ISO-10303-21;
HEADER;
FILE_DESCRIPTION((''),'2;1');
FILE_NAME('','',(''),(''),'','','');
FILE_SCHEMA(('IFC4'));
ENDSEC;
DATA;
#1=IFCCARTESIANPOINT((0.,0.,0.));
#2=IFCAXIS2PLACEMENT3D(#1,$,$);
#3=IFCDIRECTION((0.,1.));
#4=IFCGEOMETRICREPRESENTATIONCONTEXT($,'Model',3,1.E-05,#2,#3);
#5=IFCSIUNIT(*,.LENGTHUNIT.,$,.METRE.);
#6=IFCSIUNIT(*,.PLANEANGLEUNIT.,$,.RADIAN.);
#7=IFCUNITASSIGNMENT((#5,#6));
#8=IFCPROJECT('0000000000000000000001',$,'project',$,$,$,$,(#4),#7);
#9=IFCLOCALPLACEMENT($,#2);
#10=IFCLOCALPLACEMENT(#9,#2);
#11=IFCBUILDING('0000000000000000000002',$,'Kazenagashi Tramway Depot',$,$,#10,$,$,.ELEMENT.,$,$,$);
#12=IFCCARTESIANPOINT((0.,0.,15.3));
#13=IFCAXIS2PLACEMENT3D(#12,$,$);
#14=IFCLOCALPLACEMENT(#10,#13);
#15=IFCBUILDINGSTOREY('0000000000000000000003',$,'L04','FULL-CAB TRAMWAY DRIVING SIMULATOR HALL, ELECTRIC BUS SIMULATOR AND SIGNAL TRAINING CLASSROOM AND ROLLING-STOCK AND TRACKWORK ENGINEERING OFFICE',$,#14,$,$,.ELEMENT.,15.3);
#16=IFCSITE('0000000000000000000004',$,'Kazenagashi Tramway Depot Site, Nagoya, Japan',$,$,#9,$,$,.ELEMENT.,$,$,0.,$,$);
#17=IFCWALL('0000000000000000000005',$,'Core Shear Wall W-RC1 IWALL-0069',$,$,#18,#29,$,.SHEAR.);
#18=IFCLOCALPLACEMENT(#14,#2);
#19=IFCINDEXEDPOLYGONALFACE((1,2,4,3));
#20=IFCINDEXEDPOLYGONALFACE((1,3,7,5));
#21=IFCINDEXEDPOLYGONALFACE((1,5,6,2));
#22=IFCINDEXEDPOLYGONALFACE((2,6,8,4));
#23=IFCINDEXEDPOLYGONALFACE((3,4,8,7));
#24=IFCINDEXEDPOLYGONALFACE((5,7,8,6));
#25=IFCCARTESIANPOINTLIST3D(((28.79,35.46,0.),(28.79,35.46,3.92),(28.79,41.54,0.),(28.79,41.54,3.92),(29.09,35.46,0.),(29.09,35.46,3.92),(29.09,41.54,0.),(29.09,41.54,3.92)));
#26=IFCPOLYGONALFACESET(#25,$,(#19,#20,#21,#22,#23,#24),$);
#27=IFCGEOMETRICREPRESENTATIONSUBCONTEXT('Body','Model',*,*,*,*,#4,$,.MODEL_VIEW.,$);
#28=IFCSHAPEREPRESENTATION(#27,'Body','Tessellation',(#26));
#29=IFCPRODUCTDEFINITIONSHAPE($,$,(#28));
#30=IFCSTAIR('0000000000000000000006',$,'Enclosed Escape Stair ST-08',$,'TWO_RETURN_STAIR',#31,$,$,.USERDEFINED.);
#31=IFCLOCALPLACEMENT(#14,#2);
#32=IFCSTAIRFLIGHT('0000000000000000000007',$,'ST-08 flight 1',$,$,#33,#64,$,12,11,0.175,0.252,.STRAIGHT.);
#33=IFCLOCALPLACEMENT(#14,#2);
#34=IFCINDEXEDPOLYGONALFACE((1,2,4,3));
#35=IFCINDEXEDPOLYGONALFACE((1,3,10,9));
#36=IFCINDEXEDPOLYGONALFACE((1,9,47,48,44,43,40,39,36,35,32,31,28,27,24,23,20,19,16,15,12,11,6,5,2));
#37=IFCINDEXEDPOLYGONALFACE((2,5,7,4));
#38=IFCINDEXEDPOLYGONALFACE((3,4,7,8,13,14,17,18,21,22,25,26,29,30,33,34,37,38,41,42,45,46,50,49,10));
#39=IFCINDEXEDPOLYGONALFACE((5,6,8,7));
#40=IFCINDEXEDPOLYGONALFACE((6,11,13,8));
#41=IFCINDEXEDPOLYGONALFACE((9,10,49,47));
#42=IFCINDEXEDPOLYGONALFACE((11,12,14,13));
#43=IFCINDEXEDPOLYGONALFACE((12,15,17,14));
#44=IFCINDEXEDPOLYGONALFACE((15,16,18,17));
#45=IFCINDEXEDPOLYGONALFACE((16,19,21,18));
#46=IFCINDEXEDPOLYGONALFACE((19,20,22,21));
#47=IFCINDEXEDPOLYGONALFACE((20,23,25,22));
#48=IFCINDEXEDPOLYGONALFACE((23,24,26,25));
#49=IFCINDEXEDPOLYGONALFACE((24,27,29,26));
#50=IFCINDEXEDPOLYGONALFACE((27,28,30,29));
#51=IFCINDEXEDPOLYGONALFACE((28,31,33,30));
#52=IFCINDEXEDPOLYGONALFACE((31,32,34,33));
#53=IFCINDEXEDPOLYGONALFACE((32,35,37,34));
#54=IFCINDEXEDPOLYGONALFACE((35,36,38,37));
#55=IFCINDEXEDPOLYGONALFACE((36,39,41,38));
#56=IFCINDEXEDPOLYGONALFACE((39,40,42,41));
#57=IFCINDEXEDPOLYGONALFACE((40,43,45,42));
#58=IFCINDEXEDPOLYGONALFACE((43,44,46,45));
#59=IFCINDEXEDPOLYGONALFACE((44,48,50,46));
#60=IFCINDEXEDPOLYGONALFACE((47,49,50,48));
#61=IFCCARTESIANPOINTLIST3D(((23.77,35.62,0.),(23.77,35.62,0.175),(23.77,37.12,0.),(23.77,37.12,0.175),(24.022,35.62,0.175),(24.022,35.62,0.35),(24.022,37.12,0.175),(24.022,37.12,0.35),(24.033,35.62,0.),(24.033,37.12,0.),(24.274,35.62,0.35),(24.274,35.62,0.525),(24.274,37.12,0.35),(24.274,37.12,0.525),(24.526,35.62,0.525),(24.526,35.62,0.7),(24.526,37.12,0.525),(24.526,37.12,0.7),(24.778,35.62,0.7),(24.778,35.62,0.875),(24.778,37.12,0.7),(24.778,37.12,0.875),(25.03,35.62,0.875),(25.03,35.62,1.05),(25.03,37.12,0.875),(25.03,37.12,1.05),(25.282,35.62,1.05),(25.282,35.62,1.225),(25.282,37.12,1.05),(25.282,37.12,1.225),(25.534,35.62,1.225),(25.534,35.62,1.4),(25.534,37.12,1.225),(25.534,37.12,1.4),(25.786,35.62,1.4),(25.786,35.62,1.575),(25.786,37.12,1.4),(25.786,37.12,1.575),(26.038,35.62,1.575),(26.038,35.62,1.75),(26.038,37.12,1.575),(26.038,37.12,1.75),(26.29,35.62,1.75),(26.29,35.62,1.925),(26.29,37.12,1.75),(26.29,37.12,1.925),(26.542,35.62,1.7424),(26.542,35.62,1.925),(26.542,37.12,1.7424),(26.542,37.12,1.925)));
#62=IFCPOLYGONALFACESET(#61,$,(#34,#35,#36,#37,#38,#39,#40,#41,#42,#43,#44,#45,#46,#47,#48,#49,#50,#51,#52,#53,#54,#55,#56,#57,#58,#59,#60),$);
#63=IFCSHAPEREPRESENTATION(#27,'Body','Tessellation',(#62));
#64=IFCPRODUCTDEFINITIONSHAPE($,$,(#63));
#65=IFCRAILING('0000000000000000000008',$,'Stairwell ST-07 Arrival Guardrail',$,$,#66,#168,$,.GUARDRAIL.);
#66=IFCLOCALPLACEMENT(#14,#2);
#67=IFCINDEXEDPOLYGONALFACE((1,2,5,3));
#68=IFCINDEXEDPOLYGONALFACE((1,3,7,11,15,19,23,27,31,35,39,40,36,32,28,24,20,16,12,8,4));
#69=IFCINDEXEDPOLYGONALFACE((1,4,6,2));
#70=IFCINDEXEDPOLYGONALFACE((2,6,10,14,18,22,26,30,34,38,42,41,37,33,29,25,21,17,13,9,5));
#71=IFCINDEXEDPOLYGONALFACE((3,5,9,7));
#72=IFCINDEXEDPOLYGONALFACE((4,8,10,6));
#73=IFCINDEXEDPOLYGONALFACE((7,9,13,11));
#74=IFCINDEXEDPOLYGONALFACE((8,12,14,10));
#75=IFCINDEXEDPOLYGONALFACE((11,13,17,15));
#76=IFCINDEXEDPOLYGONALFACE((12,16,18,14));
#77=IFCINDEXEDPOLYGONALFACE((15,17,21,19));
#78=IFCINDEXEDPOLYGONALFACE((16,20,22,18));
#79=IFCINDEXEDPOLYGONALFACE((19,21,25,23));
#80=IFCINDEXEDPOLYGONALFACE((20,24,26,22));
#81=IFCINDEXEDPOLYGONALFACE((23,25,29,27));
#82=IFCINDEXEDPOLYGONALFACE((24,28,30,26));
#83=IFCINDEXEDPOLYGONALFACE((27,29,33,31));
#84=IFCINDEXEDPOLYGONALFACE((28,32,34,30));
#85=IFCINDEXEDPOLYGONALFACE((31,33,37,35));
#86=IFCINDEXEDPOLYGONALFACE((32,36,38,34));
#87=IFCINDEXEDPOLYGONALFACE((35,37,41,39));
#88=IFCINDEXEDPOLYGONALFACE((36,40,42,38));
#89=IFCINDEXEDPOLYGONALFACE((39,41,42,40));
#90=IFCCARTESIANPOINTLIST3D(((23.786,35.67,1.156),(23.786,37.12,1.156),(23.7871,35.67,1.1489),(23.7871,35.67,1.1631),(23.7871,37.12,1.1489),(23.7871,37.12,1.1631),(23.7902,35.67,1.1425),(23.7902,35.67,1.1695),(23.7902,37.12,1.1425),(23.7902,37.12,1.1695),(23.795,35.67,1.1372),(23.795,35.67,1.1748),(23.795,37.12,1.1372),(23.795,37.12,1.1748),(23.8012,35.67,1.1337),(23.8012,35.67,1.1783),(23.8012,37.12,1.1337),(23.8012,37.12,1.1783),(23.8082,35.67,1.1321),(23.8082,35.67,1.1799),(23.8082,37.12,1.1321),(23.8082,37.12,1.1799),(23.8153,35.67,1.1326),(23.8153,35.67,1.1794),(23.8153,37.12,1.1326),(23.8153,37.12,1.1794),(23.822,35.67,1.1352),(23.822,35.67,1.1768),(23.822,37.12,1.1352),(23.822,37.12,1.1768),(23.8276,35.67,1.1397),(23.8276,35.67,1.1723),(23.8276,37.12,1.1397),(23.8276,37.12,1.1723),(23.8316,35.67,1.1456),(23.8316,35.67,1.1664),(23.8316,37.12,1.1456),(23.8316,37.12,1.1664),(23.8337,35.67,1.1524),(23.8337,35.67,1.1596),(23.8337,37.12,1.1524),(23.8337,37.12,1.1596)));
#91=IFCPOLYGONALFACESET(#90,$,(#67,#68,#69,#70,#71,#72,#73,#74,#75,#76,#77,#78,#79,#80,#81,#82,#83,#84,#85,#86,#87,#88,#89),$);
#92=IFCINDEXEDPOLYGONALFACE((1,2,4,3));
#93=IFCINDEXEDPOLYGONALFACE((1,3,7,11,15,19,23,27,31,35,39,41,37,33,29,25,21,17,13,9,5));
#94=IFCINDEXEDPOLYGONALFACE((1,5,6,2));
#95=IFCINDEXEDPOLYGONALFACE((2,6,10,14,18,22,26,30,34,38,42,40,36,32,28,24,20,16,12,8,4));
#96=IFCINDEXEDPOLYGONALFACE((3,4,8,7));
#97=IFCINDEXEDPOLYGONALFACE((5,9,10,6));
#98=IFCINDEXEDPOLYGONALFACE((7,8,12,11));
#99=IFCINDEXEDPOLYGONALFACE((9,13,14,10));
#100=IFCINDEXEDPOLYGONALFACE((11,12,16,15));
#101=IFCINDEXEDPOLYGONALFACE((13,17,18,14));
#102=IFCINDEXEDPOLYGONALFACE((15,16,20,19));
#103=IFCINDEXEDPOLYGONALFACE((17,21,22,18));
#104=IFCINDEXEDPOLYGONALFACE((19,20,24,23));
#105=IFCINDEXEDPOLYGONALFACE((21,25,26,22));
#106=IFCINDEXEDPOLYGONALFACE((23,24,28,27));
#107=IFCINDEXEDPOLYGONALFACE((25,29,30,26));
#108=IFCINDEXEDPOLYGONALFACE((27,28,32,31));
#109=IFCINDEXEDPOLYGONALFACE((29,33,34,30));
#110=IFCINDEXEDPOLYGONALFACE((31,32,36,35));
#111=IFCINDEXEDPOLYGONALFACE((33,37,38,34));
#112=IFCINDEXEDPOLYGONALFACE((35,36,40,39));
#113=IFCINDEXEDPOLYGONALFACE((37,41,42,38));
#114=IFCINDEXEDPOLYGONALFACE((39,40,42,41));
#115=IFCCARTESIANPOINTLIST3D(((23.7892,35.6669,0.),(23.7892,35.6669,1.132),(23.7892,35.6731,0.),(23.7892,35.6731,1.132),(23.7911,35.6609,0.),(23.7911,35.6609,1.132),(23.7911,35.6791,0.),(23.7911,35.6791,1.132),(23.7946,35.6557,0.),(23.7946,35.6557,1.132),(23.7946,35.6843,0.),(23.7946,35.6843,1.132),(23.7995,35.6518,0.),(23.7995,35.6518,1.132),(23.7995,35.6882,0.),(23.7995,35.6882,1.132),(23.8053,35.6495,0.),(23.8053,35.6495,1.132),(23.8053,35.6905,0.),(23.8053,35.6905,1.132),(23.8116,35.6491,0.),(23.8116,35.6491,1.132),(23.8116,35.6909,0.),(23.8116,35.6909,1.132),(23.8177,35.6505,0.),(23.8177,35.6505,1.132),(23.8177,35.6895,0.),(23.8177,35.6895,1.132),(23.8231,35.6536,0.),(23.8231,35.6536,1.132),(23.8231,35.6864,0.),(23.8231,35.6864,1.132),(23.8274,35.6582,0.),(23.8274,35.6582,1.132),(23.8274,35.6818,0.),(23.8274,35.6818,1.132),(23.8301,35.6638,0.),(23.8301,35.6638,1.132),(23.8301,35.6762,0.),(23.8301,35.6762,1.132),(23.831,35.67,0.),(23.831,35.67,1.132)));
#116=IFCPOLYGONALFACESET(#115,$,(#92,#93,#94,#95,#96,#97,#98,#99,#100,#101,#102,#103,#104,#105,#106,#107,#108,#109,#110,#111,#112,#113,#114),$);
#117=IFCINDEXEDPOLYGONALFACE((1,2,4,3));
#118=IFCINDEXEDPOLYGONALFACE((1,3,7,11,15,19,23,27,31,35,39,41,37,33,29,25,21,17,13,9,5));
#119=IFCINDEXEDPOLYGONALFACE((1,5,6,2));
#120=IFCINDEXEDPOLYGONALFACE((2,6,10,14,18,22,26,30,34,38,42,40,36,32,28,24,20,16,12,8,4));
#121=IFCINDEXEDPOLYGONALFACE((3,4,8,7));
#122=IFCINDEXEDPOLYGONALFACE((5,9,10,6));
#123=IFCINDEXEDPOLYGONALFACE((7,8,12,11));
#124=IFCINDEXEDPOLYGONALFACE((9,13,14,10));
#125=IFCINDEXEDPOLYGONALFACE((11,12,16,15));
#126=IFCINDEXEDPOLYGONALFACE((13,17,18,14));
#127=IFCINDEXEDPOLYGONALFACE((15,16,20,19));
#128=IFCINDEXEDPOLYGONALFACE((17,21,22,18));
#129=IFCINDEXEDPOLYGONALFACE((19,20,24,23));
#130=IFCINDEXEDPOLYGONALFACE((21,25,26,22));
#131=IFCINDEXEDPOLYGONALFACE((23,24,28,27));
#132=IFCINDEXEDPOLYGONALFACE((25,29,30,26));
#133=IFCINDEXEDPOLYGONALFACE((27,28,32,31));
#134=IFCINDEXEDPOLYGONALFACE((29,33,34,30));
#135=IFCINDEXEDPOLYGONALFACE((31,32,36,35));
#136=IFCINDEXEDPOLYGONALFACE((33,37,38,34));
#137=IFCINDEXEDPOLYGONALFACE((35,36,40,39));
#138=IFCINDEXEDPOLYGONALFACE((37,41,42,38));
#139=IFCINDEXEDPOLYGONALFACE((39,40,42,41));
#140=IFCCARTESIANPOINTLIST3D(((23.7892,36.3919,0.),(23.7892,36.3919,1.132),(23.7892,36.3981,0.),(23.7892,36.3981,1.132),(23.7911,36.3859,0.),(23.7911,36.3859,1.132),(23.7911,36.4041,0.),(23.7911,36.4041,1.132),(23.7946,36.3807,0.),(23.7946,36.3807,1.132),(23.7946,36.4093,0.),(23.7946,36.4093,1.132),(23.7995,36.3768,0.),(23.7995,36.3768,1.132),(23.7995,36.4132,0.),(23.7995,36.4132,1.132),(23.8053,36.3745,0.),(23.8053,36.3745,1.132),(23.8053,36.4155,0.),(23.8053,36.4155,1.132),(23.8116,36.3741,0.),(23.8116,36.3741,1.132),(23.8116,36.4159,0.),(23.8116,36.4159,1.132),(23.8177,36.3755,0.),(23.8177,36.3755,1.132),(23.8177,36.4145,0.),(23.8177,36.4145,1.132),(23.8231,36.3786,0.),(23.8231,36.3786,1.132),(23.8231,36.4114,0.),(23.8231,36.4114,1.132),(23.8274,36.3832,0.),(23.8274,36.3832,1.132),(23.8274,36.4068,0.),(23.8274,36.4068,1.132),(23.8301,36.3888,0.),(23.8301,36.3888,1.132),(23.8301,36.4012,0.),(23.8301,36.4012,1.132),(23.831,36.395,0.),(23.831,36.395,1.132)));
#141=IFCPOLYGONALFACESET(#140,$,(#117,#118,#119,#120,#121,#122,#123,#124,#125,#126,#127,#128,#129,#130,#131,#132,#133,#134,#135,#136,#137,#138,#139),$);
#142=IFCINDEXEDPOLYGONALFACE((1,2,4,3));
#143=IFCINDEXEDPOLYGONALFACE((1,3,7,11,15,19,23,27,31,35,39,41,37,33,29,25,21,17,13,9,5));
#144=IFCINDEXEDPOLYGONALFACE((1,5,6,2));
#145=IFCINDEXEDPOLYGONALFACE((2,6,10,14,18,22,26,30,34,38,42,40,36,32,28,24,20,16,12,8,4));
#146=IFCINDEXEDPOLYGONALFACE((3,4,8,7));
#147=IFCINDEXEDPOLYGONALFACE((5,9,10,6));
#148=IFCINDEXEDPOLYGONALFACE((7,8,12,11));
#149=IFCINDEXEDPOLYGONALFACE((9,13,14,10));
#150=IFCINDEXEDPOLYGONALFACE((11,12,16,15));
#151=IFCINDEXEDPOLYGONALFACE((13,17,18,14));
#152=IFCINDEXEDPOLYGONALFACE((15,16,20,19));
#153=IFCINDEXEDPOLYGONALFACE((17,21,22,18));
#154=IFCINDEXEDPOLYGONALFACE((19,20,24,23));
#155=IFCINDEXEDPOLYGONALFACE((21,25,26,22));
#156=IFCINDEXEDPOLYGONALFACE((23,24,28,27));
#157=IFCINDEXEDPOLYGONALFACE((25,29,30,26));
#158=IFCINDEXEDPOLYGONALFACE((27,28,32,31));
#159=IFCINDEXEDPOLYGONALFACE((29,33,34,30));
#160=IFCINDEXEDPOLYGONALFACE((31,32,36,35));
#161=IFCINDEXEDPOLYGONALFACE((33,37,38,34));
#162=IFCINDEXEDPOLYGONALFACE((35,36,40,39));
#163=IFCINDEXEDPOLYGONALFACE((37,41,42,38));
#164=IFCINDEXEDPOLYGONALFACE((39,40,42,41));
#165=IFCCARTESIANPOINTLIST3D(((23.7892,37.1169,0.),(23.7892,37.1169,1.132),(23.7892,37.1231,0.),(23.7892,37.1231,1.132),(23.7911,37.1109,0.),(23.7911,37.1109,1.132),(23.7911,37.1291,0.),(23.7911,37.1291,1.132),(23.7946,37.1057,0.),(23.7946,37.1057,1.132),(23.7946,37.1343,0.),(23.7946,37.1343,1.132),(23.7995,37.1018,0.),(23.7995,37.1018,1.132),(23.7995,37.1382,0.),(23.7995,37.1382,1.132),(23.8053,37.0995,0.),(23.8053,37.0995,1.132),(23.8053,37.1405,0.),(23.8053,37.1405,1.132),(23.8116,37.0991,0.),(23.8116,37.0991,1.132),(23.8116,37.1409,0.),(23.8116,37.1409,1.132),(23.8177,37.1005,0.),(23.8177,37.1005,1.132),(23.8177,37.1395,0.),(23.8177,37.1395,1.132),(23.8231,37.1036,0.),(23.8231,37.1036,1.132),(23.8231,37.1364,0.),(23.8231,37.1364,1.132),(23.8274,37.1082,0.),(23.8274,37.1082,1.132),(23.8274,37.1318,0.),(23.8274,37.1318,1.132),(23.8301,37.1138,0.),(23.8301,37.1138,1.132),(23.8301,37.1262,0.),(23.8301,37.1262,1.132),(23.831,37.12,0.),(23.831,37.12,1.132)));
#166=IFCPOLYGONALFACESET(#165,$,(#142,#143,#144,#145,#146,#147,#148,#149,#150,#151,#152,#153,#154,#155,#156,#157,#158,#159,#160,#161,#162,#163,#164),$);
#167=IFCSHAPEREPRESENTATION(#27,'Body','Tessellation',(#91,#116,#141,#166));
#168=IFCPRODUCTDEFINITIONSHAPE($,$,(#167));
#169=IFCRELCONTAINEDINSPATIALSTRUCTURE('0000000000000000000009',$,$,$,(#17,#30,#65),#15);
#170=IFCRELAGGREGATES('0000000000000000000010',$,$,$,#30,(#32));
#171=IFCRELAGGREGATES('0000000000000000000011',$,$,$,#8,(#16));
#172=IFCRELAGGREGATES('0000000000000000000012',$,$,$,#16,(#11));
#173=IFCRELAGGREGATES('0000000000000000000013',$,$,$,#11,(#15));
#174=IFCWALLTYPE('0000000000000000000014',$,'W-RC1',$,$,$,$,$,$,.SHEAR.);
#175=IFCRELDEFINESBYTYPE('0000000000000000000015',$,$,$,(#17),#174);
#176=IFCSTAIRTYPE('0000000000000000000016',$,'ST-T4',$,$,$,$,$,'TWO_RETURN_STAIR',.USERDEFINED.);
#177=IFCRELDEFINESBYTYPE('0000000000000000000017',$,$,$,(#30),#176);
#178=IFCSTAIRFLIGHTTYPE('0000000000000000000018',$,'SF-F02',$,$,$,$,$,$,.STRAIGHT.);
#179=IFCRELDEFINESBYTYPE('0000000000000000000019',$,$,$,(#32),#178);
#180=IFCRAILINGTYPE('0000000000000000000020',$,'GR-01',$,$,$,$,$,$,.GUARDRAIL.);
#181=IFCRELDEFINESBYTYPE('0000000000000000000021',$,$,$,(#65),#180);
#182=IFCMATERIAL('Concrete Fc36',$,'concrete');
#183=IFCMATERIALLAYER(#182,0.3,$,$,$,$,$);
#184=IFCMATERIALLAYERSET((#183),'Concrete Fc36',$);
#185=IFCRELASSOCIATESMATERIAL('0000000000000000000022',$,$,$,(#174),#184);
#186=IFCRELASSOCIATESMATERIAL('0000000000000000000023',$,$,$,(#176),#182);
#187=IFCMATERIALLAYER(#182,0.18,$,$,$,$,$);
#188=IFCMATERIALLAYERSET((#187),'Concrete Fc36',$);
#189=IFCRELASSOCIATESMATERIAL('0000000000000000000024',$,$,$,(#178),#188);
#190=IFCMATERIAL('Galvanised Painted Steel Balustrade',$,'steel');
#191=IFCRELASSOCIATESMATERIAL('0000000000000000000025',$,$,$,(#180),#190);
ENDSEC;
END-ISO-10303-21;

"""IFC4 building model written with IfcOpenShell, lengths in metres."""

from ifc_helpers import new_model, si_unit, direction, frame, frame_2d, origin, origin_2d, place, context, subcontext, project, spatial, polyline, rectangle, circle, outline, extrude, material, layer, layer_set, type_object, element, aggregate, save


model = new_model("IFC4")

# Units and contexts
model_context = context("Model", 3, precision=1e-05, world=origin(), true_north=direction((0.0, 1.0)))
body_context = subcontext(model_context, "Body", "Model", "MODEL_VIEW")
ifc_project = project(units=[si_unit("LENGTHUNIT", "METRE"), si_unit("PLANEANGLEUNIT", "RADIAN")], contexts=[model_context])

# Site, building, storey
site_placement = place(None, origin())
site = spatial("IfcSite", under=ifc_project, at=site_placement, Name="Kazenagashi Tramway Depot Site, Nagoya, Japan", CompositionType="ELEMENT", RefElevation=0.0)
building_placement = place(site_placement, origin())
building = spatial("IfcBuilding", under=site, at=building_placement, Name="Kazenagashi Tramway Depot", CompositionType="ELEMENT")
storey_placement = place(building_placement, frame((0.0, 0.0, 15.3)))
storey = spatial("IfcBuildingStorey", under=building, at=storey_placement, Name="L04", Description="FULL-CAB TRAMWAY DRIVING SIMULATOR HALL, ELECTRIC BUS SIMULATOR AND SIGNAL TRAINING CLASSROOM AND ROLLING-STOCK AND TRACKWORK ENGINEERING OFFICE", CompositionType="ELEMENT", Elevation=15.3)

# Wall
ifc_material_1 = material(Name="Concrete Fc36", Category="concrete")
ifc_layer_1 = layer(ifc_material_1, 0.3)
ifc_layer_set_1 = layer_set([ifc_layer_1], Name="Concrete Fc36")
wall_type = type_object("IfcWallType", Name="W-RC1", PredefinedType="SHEAR", material=ifc_layer_set_1)
for number, where, z_axis, x_axis, name in (
    (1, (28.94, 35.46, 0.0), (0.0, 0.0, 1.0), (0.0, 1.0, 0.0), "Core Shear Wall W-RC1 IWALL-0069"),
):
    element("IfcWall", number, at=place(storey_placement, frame(where, z_axis=z_axis, x_axis=x_axis)), inside=storey, type_object=wall_type, Name=name, PredefinedType="SHEAR", context=body_context, shape_type="SweptSolid", body=[
        extrude(rectangle(XDim=6.08, YDim=0.3, at=frame_2d((3.04, 0.0))), origin(), (0.0, 0.0, 1.0), 3.92),
    ])

# Stair, stair flight
stair_type = type_object("IfcStairType", Name="ST-T4", ElementType="TWO_RETURN_STAIR", PredefinedType="USERDEFINED", material=ifc_material_1)
stair_placement = place(storey_placement, origin())
stair = element("IfcStair", 2, at=stair_placement, inside=storey, type_object=stair_type, Name="Enclosed Escape Stair ST-08", ObjectType="TWO_RETURN_STAIR", PredefinedType="USERDEFINED")
ifc_layer_2 = layer(ifc_material_1, 0.18)
ifc_layer_set_2 = layer_set([ifc_layer_2], Name="Concrete Fc36")
stair_flight_type = type_object("IfcStairFlightType", Name="SF-F02", PredefinedType="STRAIGHT", material=ifc_layer_set_2)
stair_flight_placement = place(storey_placement, frame((23.77, 36.37, 0.0), z_axis=(0.0, 0.0, 1.0), x_axis=(1.0, 0.0, 0.0)))
stair_flight = element("IfcStairFlight", 3, at=stair_flight_placement, type_object=stair_flight_type, Name="ST-08 flight 1", NumberOfRisers=12, NumberOfTreads=11, PredefinedType="STRAIGHT", RiserHeight=0.175, TreadLength=0.252, context=body_context, shape_type="SweptSolid", body=[
    extrude(outline(polyline([(0.0, 0.0), (0.0, 0.175), (0.252, 0.175), (0.252, 0.35), (0.504, 0.35), (0.504, 0.525), (0.756, 0.525), (0.756, 0.7), (1.008, 0.7), (1.008, 0.875), (1.26, 0.875), (1.26, 1.05), (1.512, 1.05), (1.512, 1.225), (1.764, 1.225), (1.764, 1.4), (2.016, 1.4), (2.016, 1.575), (2.268, 1.575), (2.268, 1.75), (2.52, 1.75), (2.52, 1.925), (2.772, 1.925), (2.772, 2.1), (2.772, 1.7424), (0.263, 0.0), (0.0, 0.0)])), frame((0.0, 0.75, 0.0), z_axis=(0.0, -1.0, 0.0), x_axis=(1.0, 0.0, 0.0)), (0.0, 0.0, 1.0), 1.5),
])
aggregate(stair, [stair_flight])

# Railing
ifc_material_2 = material(Name="Galvanised Painted Steel Balustrade", Category="steel")
railing_type_1 = type_object("IfcRailingType", Name="GR-01", PredefinedType="GUARDRAIL", material=ifc_material_2)
railing_1_placement = place(storey_placement, frame((23.81, 35.67, 0.0)))
element("IfcRailing", 4, at=railing_1_placement, inside=storey, type_object=railing_type_1, Name="Stairwell ST-07 Arrival Guardrail", PredefinedType="GUARDRAIL", context=body_context, shape_type="SweptSolid", body=[
    extrude(circle(Radius=0.024, at=origin_2d()), frame((0.0, 0.0, 1.156), z_axis=(0.0, 1.0, 0.0), x_axis=(-1.0, 0.0, 0.0)), (0.0, 0.0, 1.0), 1.45),
    extrude(circle(Radius=0.021, at=origin_2d()), origin(), (0.0, 0.0, 1.0), 1.132),
    extrude(circle(Radius=0.021, at=origin_2d()), frame((0.0, 0.725, 0.0)), (0.0, 0.0, 1.0), 1.132),
    extrude(circle(Radius=0.021, at=origin_2d()), frame((0.0, 1.45, 0.0)), (0.0, 0.0, 1.0), 1.132),
])

save(model, "model.ifc")
